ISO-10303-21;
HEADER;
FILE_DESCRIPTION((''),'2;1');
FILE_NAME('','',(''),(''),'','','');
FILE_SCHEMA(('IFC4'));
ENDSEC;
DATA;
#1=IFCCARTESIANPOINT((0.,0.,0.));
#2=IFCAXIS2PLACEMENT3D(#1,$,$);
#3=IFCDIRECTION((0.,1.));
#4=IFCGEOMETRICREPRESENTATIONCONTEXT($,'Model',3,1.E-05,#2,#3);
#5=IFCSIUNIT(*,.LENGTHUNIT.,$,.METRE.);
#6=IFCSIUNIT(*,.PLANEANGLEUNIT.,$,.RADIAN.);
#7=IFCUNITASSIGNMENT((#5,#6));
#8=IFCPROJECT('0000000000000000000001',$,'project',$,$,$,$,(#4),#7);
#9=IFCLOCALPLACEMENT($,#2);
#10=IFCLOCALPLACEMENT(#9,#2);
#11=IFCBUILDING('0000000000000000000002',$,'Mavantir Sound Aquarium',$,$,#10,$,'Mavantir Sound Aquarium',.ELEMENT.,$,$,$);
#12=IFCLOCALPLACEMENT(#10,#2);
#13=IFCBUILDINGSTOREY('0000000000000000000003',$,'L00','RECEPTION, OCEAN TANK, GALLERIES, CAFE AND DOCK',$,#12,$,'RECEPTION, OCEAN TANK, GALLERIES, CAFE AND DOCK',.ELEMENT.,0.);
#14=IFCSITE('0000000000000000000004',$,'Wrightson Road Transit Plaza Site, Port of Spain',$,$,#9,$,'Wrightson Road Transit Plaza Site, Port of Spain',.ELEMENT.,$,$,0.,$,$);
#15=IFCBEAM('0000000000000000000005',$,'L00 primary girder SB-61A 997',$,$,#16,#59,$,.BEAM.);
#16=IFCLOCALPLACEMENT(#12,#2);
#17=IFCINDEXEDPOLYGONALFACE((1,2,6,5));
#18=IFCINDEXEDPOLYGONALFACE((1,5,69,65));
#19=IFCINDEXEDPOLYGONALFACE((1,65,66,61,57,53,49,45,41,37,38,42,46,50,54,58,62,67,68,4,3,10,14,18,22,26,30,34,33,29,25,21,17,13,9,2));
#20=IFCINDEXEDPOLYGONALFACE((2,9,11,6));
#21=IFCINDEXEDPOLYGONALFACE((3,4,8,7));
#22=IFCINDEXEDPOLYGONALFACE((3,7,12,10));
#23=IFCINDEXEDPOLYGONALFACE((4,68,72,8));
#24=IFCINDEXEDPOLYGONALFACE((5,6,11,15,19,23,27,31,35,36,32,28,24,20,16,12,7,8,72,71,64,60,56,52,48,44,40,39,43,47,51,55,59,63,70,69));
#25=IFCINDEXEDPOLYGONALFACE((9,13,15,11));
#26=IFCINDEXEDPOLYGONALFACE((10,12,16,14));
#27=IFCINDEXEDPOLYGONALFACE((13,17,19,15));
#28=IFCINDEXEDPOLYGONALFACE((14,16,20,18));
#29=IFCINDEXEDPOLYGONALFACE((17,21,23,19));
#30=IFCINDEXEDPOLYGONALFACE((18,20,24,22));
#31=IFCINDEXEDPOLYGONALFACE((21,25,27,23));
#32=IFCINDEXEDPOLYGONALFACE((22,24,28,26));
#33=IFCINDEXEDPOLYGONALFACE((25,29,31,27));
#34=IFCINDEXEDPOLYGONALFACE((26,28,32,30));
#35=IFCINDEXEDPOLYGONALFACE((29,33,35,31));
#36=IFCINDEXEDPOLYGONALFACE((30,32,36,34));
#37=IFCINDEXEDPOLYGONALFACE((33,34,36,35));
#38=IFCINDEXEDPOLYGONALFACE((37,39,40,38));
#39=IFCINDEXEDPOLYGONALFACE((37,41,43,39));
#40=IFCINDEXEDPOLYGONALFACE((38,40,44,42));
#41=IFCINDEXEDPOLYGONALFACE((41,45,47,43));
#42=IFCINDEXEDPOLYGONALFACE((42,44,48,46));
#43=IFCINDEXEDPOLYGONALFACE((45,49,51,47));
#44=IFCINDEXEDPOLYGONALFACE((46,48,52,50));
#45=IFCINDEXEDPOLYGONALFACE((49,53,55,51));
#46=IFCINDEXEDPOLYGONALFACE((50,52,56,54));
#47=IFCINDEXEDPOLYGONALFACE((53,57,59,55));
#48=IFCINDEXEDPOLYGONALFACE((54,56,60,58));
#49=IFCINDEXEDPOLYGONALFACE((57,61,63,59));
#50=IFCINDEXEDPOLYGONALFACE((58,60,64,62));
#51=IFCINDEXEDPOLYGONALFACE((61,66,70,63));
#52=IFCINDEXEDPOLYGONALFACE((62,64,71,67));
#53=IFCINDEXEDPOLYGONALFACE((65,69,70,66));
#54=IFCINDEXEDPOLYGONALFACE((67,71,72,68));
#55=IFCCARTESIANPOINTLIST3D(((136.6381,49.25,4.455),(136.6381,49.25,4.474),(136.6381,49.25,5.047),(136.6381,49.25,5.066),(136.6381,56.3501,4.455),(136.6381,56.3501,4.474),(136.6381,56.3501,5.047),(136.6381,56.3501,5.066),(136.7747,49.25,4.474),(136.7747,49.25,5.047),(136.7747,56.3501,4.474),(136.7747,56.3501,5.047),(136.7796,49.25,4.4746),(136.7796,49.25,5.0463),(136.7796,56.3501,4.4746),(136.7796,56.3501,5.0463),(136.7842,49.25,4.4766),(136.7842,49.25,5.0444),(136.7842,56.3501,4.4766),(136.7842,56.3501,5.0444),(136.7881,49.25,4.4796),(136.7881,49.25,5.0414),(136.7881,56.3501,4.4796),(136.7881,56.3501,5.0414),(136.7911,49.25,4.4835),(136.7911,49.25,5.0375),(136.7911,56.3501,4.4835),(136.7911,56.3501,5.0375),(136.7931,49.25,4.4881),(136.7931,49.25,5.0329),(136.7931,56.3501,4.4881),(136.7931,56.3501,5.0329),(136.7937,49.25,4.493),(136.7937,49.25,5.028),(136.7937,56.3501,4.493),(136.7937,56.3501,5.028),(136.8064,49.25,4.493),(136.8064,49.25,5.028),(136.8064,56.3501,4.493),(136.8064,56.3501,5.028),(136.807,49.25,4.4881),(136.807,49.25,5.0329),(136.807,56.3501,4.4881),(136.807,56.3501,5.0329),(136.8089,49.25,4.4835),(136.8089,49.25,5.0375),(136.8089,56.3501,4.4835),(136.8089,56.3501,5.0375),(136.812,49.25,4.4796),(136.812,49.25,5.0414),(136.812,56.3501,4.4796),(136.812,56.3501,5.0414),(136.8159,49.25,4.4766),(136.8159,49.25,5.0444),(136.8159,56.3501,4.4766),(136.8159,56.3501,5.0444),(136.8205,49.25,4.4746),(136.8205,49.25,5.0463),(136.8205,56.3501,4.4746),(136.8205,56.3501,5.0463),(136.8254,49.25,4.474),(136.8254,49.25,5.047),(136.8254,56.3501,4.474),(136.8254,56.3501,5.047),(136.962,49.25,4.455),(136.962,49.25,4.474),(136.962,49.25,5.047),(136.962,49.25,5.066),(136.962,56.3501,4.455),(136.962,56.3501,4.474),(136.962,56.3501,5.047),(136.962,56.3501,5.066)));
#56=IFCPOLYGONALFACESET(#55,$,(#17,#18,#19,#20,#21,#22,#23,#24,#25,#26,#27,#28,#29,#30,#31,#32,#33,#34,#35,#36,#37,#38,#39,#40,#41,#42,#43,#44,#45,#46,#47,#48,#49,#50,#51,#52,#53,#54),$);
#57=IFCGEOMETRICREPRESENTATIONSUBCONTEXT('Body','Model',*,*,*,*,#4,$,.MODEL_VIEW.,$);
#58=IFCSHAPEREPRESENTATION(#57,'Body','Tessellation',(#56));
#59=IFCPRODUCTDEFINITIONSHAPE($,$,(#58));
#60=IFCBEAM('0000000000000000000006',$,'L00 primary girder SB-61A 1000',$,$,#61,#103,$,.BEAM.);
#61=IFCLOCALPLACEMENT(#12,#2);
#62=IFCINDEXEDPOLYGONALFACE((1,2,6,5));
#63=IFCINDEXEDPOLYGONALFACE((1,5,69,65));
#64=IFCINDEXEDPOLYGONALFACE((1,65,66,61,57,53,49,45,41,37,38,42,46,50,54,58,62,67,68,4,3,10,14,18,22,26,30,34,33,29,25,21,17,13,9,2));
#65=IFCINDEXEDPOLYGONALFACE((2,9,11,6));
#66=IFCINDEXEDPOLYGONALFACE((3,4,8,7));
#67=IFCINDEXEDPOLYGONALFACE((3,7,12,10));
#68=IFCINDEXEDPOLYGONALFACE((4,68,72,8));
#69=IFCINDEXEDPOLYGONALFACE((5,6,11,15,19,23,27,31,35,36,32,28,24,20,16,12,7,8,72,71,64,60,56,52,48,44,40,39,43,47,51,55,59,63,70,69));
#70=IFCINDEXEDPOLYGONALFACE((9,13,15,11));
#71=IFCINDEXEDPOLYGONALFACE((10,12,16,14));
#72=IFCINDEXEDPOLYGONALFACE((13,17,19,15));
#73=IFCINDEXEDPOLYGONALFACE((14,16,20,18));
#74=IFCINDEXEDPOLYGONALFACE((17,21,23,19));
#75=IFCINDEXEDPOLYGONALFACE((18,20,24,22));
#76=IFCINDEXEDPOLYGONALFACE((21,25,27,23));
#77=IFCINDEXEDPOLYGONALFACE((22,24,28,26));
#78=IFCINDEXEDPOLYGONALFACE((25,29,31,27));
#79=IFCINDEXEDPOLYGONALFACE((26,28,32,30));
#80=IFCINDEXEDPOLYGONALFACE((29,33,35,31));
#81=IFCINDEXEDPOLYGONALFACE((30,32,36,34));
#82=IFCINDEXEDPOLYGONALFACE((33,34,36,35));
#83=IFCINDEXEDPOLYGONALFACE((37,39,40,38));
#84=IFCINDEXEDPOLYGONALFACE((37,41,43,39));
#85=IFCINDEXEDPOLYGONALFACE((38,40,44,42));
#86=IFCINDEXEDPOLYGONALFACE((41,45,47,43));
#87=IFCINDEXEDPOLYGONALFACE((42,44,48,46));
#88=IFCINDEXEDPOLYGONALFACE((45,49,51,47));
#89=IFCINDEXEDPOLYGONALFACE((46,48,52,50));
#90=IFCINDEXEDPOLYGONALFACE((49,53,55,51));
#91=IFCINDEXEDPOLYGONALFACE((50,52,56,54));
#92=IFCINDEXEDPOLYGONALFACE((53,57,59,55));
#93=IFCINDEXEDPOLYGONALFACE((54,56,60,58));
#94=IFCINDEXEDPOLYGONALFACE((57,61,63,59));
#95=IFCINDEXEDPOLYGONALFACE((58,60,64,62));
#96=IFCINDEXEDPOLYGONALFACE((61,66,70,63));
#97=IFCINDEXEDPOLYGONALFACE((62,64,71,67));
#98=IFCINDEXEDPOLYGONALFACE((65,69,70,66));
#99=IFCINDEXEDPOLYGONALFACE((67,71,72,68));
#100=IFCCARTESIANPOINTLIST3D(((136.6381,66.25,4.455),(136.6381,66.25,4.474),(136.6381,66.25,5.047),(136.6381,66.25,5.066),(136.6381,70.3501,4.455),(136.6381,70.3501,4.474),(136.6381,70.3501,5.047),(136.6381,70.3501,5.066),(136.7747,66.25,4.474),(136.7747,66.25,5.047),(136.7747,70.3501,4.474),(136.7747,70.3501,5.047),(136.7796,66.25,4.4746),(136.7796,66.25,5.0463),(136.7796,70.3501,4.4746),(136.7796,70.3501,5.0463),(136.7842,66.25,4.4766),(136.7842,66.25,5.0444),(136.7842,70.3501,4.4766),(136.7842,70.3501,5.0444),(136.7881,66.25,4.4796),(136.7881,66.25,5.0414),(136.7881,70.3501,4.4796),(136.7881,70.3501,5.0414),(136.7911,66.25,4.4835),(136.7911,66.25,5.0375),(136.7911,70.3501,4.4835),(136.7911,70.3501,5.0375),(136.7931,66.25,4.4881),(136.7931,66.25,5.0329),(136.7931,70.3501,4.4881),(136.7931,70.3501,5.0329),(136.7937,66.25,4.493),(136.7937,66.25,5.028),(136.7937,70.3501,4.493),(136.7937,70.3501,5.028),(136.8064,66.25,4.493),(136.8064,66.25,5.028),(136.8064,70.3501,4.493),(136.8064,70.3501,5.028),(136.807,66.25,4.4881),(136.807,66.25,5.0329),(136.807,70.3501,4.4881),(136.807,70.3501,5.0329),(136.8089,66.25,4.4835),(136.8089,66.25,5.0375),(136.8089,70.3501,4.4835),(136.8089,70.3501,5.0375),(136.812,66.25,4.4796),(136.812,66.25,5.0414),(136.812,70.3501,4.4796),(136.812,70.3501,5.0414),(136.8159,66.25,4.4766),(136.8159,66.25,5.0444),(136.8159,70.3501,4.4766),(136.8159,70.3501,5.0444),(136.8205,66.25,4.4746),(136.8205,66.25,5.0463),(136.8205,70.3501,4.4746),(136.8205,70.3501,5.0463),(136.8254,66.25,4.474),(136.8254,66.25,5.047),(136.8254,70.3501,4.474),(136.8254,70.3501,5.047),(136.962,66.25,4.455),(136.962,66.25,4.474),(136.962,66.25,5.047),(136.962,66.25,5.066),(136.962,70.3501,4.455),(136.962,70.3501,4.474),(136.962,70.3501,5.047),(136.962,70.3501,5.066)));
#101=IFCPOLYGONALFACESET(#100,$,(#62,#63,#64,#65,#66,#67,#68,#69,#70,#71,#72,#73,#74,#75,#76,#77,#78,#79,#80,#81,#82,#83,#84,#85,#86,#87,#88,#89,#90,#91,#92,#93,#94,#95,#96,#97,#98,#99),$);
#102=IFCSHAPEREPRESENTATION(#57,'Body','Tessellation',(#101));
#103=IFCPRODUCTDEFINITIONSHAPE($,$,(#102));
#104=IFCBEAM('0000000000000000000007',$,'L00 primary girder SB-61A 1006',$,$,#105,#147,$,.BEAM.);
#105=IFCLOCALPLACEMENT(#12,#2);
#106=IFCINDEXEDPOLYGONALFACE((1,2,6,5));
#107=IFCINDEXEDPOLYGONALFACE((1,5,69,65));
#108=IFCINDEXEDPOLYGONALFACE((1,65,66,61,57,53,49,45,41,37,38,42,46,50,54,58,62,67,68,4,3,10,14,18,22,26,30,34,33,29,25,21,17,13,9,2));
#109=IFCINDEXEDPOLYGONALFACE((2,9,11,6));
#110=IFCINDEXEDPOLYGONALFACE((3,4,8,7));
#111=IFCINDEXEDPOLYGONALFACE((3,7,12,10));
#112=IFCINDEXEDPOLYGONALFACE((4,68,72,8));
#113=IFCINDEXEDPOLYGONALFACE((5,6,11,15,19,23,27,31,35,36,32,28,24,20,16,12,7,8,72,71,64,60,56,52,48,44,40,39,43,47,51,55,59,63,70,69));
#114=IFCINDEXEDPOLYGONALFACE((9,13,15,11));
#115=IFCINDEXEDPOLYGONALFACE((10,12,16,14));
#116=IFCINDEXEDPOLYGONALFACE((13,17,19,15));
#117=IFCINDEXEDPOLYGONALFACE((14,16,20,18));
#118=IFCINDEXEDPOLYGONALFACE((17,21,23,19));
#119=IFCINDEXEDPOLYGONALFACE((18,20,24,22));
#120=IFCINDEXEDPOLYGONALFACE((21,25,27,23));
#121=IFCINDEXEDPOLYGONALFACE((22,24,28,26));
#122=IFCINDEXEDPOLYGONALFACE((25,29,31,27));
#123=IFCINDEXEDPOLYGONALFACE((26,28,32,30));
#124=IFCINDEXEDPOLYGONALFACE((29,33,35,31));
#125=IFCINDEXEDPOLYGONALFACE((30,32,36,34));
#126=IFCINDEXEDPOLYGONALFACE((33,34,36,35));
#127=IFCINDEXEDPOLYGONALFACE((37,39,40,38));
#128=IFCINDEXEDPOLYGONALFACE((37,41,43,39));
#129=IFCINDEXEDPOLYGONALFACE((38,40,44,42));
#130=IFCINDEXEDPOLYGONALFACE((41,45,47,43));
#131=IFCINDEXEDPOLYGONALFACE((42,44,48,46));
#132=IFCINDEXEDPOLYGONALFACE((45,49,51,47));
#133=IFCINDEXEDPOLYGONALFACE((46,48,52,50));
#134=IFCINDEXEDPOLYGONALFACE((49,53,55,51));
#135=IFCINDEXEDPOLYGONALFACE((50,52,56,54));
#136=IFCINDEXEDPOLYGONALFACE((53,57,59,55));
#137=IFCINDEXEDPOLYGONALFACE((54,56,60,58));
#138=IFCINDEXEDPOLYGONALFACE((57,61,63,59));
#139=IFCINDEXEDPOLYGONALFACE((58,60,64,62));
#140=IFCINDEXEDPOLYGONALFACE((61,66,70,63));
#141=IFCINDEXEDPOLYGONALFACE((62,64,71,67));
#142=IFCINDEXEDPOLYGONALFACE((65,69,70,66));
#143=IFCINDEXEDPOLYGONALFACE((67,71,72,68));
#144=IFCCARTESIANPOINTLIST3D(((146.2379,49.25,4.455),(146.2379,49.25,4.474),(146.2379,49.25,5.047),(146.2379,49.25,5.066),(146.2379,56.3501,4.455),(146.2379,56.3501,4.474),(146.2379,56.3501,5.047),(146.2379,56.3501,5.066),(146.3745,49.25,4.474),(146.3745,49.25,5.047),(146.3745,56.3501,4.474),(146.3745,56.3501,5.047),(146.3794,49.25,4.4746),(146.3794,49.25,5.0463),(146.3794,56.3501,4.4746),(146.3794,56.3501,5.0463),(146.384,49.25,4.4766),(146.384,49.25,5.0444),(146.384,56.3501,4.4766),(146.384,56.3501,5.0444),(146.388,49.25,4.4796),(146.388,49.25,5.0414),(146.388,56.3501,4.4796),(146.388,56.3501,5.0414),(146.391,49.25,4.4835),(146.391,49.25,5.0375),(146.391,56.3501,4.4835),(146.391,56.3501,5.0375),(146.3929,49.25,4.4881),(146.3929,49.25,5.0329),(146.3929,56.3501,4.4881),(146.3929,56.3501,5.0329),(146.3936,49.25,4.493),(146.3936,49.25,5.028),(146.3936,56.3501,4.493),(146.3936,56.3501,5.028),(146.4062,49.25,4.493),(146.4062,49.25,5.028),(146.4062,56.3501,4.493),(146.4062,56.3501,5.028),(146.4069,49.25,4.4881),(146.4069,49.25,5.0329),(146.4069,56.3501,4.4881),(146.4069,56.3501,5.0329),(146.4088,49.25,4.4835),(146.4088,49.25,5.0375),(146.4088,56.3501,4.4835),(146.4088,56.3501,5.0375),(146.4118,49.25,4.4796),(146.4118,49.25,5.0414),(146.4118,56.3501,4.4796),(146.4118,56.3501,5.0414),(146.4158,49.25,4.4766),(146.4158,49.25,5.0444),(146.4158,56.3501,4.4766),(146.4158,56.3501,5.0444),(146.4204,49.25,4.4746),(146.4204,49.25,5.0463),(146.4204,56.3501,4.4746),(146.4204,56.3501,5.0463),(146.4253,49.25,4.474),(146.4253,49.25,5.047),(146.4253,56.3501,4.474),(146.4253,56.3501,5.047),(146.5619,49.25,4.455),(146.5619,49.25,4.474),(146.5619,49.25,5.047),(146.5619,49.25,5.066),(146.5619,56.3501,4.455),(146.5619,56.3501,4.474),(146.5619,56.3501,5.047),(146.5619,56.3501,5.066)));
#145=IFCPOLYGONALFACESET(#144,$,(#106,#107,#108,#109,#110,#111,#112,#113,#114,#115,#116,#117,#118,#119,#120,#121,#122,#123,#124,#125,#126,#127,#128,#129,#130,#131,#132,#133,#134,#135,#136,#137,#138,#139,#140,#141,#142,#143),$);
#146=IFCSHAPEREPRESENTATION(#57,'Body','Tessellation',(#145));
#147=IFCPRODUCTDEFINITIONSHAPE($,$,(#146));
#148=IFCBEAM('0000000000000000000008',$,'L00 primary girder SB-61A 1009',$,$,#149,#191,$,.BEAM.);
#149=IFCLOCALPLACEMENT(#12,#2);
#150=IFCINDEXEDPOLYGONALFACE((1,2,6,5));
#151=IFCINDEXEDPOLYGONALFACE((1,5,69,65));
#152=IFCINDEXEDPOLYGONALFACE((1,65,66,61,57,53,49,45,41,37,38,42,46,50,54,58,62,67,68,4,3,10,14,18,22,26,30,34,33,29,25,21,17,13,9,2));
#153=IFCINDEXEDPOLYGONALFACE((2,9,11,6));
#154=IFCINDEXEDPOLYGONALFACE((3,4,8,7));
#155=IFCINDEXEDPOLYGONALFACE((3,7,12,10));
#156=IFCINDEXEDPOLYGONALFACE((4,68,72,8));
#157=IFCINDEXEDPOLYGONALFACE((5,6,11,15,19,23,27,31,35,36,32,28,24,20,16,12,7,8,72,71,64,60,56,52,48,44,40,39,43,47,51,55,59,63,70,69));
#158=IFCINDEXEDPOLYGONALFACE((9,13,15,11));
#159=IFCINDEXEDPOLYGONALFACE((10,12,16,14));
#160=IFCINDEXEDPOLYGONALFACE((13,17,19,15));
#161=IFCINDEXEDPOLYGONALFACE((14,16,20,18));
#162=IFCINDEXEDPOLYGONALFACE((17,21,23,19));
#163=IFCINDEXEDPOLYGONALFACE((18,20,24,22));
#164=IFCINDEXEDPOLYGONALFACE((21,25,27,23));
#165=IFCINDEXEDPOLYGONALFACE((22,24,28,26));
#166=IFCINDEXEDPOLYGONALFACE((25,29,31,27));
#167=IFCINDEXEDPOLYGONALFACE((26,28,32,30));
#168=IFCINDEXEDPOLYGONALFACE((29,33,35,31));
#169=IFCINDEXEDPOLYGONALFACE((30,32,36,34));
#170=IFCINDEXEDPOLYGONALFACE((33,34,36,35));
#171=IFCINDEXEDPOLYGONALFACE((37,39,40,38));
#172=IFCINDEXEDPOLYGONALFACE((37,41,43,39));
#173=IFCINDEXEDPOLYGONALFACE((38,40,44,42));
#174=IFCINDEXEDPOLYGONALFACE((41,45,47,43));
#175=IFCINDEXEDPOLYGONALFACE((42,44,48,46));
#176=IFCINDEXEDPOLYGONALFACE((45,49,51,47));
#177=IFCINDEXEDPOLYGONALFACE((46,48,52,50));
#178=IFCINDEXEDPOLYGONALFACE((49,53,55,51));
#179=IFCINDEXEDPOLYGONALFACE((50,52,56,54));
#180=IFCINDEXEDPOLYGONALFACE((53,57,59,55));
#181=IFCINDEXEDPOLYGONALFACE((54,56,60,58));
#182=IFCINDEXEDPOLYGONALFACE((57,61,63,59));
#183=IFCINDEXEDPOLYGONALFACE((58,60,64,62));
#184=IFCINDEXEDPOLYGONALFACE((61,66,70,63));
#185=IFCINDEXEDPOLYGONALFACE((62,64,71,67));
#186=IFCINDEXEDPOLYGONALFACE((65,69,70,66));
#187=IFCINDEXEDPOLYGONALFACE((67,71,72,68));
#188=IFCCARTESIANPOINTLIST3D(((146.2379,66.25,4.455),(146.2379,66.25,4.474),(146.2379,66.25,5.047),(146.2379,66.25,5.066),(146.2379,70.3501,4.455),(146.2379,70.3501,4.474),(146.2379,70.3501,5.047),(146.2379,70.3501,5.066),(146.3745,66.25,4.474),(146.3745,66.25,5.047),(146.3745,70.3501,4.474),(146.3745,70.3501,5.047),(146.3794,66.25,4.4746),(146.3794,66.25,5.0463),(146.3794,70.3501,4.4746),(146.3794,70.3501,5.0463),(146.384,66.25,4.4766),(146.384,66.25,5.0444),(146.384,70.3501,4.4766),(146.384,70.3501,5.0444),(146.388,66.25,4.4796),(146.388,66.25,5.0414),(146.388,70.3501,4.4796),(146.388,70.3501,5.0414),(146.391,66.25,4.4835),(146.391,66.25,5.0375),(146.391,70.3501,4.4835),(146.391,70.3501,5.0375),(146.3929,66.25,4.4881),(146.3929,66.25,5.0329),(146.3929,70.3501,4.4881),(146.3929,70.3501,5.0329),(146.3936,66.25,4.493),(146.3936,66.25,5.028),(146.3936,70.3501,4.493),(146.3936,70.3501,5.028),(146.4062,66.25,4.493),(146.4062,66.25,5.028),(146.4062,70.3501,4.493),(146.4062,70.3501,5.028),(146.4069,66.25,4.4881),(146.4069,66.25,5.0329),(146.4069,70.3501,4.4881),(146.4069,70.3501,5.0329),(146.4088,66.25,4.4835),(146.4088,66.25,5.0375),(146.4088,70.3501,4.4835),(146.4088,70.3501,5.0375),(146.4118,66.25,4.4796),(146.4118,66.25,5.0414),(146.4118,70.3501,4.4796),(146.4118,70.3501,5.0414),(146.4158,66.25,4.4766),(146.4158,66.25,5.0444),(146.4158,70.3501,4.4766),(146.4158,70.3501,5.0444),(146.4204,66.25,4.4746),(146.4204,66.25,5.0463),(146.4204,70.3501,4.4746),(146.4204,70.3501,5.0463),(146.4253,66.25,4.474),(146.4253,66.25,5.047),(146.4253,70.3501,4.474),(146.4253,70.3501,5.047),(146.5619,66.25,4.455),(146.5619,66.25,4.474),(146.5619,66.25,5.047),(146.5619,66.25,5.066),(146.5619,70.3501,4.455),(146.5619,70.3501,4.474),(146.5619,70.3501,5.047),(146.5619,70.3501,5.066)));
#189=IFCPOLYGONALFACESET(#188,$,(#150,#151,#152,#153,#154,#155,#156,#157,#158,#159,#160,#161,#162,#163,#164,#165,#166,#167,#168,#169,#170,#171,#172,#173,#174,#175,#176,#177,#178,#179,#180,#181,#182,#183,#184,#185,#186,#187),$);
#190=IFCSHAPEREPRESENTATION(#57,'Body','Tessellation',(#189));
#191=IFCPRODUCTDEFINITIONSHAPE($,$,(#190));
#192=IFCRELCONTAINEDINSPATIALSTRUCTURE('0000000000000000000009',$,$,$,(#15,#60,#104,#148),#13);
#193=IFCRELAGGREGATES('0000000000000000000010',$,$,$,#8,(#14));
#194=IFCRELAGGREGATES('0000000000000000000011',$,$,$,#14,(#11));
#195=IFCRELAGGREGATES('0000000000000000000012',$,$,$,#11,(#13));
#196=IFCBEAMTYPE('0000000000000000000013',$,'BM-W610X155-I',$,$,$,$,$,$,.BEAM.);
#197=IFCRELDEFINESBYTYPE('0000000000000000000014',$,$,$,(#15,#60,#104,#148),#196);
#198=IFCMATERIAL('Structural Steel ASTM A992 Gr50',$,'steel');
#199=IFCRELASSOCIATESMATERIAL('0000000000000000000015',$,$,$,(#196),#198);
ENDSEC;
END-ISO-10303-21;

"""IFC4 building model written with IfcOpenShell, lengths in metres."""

from ifc_helpers import new_model, si_unit, direction, frame, origin, origin_2d, place, context, subcontext, project, spatial, i_section, extrude, material, material_profile, profile_set, type_object, element, save


model = new_model("IFC4")

# Units and contexts
model_context = context("Model", 3, precision=1e-05, world=origin(), true_north=direction((0.0, 1.0)))
body_context = subcontext(model_context, "Body", "Model", "MODEL_VIEW")
ifc_project = project(units=[si_unit("LENGTHUNIT", "METRE"), si_unit("PLANEANGLEUNIT", "RADIAN")], contexts=[model_context])

# Site, building, storey
site_placement = place(None, origin())
site = spatial("IfcSite", under=ifc_project, at=site_placement, Name="Wrightson Road Transit Plaza Site, Port of Spain", LongName="Wrightson Road Transit Plaza Site, Port of Spain", CompositionType="ELEMENT", RefElevation=0.0)
building_placement = place(site_placement, origin())
building = spatial("IfcBuilding", under=site, at=building_placement, Name="Mavantir Sound Aquarium", LongName="Mavantir Sound Aquarium", CompositionType="ELEMENT")
storey_placement = place(building_placement, origin())
storey = spatial("IfcBuildingStorey", under=building, at=storey_placement, Name="L00", Description="RECEPTION, OCEAN TANK, GALLERIES, CAFE AND DOCK", LongName="RECEPTION, OCEAN TANK, GALLERIES, CAFE AND DOCK", CompositionType="ELEMENT", Elevation=0.0)

# Beams
ifc_material_1 = material(Name="Structural Steel ASTM A992 Gr50", Category="steel")
ifc_material_profile_1 = material_profile(ifc_material_1, i_section(OverallWidth=0.324, OverallDepth=0.6111, WebThickness=0.0127, FlangeThickness=0.019, FilletRadius=0.019, at=origin_2d()), Name="W610X155")
ifc_profile_set_1 = profile_set([ifc_material_profile_1], Name="Structural Steel ASTM A992 Gr50")
beam_type_1 = type_object("IfcBeamType", Name="BM-W610X155-I", PredefinedType="BEAM", material=ifc_profile_set_1)
beam_1_placement = place(storey_placement, frame((136.8, 49.25, 4.7605), z_axis=(0.0, 1.0, 0.0), x_axis=(-1.0, 0.0, 0.0)))
element("IfcBeam", 1, at=beam_1_placement, inside=storey, type_object=beam_type_1, Name="L00 primary girder SB-61A 997", PredefinedType="BEAM", context=body_context, shape_type="SweptSolid", body=[
    extrude(i_section(OverallWidth=0.324, OverallDepth=0.6111, WebThickness=0.0127, FlangeThickness=0.019, FilletRadius=0.019, at=origin_2d()), origin(), (0.0, 0.0, 1.0), 7.1001),
])
beam_2_placement = place(storey_placement, frame((136.8, 66.25, 4.7605), z_axis=(0.0, 1.0, 0.0), x_axis=(-1.0, 0.0, 0.0)))
element("IfcBeam", 2, at=beam_2_placement, inside=storey, type_object=beam_type_1, Name="L00 primary girder SB-61A 1000", PredefinedType="BEAM", context=body_context, shape_type="SweptSolid", body=[
    extrude(i_section(OverallWidth=0.324, OverallDepth=0.6111, WebThickness=0.0127, FlangeThickness=0.019, FilletRadius=0.019, at=origin_2d()), origin(), (0.0, 0.0, 1.0), 4.1001),
])
beam_3_placement = place(storey_placement, frame((146.3999, 49.25, 4.7605), z_axis=(0.0, 1.0, 0.0), x_axis=(-1.0, 0.0, 0.0)))
element("IfcBeam", 3, at=beam_3_placement, inside=storey, type_object=beam_type_1, Name="L00 primary girder SB-61A 1006", PredefinedType="BEAM", context=body_context, shape_type="SweptSolid", body=[
    extrude(i_section(OverallWidth=0.324, OverallDepth=0.6111, WebThickness=0.0127, FlangeThickness=0.019, FilletRadius=0.019, at=origin_2d()), origin(), (0.0, 0.0, 1.0), 7.1001),
])
beam_4_placement = place(storey_placement, frame((146.3999, 66.25, 4.7605), z_axis=(0.0, 1.0, 0.0), x_axis=(-1.0, 0.0, 0.0)))
element("IfcBeam", 4, at=beam_4_placement, inside=storey, type_object=beam_type_1, Name="L00 primary girder SB-61A 1009", PredefinedType="BEAM", context=body_context, shape_type="SweptSolid", body=[
    extrude(i_section(OverallWidth=0.324, OverallDepth=0.6111, WebThickness=0.0127, FlangeThickness=0.019, FilletRadius=0.019, at=origin_2d()), origin(), (0.0, 0.0, 1.0), 4.1001),
])

save(model, "model.ifc")
